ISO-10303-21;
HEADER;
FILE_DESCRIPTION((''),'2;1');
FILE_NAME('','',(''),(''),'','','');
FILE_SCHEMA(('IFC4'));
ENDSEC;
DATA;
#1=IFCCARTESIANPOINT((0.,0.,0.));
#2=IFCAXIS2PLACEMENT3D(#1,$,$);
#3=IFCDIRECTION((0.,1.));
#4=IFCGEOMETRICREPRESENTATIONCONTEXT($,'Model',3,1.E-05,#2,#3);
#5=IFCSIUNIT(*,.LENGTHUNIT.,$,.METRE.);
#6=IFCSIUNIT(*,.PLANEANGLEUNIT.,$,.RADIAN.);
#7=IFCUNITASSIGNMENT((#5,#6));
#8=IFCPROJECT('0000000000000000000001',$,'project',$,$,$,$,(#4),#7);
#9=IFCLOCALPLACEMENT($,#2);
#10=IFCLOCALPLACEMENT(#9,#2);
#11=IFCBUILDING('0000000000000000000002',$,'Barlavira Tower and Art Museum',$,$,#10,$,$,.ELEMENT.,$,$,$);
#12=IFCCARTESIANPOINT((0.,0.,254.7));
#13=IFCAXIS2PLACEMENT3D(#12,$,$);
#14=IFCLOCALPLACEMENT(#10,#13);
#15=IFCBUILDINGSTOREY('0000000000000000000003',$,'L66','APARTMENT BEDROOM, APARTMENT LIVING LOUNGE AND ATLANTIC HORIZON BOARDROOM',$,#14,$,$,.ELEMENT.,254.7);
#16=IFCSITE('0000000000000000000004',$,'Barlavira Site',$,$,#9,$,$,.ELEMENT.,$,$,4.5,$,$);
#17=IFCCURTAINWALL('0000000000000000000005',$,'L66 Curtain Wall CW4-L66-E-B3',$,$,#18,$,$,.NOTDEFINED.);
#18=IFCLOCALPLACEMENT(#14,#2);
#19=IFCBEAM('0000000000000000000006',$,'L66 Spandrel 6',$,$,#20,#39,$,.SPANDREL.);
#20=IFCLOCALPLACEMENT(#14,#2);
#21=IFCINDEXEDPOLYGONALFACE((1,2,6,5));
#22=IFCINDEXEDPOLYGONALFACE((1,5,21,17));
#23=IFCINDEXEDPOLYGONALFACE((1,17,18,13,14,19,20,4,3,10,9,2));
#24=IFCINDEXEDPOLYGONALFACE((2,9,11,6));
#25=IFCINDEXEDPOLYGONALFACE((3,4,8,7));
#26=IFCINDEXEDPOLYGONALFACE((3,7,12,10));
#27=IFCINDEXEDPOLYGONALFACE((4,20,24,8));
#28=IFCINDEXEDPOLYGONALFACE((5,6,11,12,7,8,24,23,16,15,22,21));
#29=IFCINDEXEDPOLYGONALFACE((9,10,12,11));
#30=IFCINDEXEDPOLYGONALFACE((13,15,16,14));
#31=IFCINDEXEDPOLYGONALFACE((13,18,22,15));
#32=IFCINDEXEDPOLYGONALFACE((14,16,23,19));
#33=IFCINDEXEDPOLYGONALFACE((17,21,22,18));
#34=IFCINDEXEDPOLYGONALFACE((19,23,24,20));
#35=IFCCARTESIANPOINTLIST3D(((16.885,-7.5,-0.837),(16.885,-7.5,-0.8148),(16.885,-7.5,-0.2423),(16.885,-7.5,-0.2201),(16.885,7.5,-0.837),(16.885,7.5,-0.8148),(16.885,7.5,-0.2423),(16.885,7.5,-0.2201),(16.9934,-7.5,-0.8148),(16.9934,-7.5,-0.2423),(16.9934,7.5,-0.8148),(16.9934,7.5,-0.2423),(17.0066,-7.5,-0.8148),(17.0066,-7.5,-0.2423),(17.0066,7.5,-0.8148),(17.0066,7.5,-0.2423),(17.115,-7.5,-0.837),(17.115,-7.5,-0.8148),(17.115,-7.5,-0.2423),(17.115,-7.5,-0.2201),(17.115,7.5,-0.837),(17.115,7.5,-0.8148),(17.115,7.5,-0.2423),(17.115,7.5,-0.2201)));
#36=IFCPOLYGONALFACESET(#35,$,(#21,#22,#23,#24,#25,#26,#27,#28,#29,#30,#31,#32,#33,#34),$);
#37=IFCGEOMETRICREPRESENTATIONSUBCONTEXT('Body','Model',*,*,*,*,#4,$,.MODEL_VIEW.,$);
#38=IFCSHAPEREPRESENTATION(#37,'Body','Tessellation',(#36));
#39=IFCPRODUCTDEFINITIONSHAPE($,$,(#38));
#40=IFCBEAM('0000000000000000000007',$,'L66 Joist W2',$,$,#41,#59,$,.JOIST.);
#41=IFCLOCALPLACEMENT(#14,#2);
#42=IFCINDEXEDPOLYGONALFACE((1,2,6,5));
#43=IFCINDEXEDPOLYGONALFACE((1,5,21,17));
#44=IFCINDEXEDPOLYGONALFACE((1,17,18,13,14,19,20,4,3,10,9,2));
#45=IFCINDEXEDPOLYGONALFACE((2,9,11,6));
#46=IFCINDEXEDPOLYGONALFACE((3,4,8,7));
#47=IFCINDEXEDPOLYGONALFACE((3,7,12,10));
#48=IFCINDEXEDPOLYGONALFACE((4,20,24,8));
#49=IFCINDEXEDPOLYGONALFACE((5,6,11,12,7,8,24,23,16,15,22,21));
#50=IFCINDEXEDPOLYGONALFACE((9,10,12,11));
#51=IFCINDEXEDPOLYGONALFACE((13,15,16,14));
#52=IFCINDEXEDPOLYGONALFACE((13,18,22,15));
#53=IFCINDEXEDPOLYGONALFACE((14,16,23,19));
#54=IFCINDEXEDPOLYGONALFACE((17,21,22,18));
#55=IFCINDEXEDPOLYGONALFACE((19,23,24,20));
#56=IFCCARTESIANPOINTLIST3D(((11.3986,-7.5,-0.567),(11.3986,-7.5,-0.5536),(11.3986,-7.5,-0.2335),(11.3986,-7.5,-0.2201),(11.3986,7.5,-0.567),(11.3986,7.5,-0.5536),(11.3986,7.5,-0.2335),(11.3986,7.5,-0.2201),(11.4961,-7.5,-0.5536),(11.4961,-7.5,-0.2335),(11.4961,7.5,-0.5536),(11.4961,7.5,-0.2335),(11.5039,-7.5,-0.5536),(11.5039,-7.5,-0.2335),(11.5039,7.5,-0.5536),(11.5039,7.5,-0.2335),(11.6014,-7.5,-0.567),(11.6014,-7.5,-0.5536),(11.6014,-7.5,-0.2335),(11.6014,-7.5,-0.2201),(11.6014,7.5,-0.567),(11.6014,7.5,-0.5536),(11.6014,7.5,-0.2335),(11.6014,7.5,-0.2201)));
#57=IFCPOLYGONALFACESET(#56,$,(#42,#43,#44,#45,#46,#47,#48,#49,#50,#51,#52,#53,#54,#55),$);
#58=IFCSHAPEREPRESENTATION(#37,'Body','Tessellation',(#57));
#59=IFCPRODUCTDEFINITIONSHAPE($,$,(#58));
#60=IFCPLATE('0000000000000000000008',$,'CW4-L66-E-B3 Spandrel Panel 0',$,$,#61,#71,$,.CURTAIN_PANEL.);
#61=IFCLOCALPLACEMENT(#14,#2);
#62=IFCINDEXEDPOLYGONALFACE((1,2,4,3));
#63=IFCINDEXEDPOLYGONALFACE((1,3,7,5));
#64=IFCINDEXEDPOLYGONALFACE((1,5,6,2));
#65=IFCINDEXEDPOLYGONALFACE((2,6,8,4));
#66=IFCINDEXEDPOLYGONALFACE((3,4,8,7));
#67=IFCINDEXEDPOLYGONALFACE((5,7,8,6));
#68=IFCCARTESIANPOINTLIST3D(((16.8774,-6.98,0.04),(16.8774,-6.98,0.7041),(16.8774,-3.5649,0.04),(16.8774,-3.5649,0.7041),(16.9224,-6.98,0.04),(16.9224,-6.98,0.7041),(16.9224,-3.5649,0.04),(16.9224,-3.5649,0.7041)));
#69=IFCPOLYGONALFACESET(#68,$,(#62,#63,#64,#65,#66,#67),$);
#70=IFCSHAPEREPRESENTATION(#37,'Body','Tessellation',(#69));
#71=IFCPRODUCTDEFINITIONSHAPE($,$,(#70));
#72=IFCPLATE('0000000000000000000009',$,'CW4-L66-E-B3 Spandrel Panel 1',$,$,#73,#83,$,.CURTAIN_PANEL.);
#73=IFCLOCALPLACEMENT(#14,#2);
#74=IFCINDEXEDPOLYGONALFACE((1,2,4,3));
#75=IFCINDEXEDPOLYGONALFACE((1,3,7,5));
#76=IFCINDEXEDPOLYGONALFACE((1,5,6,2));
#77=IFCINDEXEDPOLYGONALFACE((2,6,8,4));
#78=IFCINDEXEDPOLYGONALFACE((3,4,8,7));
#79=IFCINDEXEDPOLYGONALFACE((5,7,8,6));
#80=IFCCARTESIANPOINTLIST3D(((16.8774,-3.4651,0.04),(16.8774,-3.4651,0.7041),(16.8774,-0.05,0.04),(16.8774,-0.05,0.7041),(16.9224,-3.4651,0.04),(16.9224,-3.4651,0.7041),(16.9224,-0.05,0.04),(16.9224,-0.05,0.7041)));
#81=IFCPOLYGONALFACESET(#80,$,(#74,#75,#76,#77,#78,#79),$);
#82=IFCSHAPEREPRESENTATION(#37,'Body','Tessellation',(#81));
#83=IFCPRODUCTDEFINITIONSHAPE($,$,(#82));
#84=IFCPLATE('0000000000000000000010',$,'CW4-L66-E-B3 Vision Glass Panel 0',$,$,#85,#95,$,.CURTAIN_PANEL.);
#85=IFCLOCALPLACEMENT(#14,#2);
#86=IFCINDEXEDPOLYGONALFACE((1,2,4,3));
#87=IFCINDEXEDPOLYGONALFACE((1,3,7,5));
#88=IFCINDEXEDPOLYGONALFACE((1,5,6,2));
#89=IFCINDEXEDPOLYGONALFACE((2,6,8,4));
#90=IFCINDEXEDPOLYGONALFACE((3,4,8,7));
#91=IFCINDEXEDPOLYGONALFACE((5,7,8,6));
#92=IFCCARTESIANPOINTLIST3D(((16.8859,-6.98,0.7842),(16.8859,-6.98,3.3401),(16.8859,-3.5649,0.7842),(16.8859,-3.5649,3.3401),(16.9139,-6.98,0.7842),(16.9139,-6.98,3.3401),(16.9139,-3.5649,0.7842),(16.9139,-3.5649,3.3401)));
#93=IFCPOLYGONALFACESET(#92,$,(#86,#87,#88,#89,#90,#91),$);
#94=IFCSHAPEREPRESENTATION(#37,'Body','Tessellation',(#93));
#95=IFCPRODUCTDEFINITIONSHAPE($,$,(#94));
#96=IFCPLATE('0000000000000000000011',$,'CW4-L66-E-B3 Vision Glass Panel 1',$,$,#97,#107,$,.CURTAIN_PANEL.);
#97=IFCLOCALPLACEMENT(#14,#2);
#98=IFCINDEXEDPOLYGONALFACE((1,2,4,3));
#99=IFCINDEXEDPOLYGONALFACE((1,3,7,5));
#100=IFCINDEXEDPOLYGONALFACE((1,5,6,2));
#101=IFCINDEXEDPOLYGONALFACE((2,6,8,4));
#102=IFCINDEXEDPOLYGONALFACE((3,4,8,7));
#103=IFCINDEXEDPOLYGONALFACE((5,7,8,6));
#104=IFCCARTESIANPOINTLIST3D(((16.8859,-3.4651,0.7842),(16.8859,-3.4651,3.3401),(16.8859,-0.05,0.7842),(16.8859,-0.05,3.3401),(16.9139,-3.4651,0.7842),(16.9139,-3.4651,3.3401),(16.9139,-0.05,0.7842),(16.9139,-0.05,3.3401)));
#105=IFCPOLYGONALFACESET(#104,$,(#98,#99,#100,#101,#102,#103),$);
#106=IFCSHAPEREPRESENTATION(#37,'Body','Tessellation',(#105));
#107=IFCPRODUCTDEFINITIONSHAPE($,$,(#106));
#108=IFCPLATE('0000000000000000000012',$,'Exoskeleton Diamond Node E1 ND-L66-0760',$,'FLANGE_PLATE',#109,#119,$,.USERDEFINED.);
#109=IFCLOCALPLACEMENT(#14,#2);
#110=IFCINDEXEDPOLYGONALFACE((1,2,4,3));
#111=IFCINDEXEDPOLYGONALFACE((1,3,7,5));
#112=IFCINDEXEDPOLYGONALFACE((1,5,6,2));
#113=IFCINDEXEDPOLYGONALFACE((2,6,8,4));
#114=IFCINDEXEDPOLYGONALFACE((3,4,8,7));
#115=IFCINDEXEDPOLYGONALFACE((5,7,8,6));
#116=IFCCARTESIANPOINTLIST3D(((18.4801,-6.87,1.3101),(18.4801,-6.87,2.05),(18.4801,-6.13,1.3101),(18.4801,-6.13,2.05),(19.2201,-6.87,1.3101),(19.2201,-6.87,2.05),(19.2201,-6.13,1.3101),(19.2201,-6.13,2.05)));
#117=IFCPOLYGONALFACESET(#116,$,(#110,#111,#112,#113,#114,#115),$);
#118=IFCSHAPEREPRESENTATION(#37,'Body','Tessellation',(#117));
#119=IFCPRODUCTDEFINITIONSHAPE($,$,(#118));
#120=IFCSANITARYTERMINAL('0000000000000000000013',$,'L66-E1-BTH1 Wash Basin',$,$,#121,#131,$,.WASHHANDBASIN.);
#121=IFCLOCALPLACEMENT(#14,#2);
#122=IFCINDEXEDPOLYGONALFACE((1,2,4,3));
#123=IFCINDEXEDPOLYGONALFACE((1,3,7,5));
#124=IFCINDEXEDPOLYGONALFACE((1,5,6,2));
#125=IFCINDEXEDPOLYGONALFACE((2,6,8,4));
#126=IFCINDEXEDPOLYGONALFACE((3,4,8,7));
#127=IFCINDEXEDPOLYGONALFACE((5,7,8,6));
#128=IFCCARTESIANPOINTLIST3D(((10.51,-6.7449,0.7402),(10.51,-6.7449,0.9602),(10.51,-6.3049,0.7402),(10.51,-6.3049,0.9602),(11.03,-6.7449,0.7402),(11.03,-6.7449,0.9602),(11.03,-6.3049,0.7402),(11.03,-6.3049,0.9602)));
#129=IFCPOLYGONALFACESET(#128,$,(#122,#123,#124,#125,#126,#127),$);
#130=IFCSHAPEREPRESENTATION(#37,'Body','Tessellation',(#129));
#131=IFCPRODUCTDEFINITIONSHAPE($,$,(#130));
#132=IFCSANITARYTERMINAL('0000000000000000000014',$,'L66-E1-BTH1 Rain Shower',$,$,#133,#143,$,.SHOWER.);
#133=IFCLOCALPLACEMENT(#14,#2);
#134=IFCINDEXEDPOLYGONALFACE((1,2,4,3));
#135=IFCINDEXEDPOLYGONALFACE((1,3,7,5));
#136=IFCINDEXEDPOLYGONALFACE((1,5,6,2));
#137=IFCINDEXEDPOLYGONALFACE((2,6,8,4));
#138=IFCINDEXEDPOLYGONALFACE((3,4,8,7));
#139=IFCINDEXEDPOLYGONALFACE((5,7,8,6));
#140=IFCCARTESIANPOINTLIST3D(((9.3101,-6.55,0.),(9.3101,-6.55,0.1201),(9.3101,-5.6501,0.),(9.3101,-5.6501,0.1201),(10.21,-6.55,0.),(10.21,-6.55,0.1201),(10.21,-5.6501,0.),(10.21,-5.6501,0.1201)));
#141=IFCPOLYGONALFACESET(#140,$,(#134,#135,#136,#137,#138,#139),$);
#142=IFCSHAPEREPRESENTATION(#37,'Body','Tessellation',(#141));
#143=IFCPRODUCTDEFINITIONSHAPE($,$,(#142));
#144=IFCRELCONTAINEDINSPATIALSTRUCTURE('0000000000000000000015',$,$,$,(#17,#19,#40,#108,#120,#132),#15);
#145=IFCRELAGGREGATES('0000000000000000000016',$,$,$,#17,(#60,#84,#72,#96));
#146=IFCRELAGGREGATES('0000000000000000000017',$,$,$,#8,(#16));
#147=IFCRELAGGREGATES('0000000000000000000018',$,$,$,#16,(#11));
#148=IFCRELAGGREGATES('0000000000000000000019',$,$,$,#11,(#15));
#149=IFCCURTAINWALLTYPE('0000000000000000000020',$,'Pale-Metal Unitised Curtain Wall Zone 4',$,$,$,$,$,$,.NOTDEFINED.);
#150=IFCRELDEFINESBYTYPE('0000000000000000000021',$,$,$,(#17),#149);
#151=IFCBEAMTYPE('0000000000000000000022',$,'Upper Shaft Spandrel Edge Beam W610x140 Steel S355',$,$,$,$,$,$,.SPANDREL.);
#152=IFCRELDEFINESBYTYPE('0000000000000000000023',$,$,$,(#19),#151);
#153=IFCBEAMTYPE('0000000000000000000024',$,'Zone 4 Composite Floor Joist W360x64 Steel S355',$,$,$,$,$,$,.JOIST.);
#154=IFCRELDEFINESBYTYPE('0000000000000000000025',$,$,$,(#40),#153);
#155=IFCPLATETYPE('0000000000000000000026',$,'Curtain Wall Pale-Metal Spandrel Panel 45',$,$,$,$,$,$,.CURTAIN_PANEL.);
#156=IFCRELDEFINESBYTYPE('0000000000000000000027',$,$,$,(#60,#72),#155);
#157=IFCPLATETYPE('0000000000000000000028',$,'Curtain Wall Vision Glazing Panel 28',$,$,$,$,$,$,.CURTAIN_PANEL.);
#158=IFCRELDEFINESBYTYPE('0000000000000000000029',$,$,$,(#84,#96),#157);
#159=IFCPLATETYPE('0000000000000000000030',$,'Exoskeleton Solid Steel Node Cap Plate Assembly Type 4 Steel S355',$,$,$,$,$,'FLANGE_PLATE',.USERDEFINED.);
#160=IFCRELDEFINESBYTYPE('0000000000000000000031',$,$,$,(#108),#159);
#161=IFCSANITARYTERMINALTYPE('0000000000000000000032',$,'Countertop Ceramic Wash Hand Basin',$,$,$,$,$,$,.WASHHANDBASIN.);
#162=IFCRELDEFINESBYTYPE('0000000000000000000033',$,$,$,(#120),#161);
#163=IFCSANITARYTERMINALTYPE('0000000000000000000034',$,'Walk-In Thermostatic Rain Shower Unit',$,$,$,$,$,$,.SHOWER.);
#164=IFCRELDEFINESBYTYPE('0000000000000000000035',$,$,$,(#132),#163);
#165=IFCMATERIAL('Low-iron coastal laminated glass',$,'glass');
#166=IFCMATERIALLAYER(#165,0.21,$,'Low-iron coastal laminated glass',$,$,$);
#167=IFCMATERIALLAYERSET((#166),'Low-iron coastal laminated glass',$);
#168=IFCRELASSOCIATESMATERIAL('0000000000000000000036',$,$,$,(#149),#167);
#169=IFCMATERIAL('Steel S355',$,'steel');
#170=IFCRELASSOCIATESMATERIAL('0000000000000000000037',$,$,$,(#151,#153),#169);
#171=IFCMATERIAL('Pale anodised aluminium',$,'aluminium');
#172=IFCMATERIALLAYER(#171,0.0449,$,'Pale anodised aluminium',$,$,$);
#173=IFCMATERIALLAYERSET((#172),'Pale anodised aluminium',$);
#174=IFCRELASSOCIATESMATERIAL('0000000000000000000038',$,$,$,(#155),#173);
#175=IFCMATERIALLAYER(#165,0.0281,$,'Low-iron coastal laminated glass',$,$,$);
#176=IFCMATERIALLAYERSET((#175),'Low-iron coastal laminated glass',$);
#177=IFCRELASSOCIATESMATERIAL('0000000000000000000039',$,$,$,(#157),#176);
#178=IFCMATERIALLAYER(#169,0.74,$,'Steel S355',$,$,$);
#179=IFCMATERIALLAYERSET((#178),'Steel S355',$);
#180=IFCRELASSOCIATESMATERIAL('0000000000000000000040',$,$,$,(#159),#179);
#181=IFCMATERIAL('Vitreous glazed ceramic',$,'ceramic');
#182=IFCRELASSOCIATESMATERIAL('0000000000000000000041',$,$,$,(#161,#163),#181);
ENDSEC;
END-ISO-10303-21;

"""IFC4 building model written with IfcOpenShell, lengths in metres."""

from ifc_helpers import new_model, si_unit, direction, frame, origin, origin_2d, place, context, subcontext, project, spatial, rectangle, i_section, extrude, material, layer, layer_set, material_profile, profile_set, type_object, element, aggregate, save


model = new_model("IFC4")

# Units and contexts
model_context = context("Model", 3, precision=1e-05, world=origin(), true_north=direction((0.0, 1.0)))
body_context = subcontext(model_context, "Body", "Model", "MODEL_VIEW")
ifc_project = project(units=[si_unit("LENGTHUNIT", "METRE"), si_unit("PLANEANGLEUNIT", "RADIAN")], contexts=[model_context])

# Site, building, storey
site_placement = place(None, origin())
site = spatial("IfcSite", under=ifc_project, at=site_placement, Name="Barlavira Site", CompositionType="ELEMENT", RefElevation=4.5)
building_placement = place(site_placement, origin())
building = spatial("IfcBuilding", under=site, at=building_placement, Name="Barlavira Tower and Art Museum", CompositionType="ELEMENT")
storey_placement = place(building_placement, frame((0.0, 0.0, 254.7)))
storey = spatial("IfcBuildingStorey", under=building, at=storey_placement, Name="L66", Description="APARTMENT BEDROOM, APARTMENT LIVING LOUNGE AND ATLANTIC HORIZON BOARDROOM", CompositionType="ELEMENT", Elevation=254.7)

# Curtain wall
ifc_material_1 = material(Name="Low-iron coastal laminated glass", Category="glass")
ifc_layer_1 = layer(ifc_material_1, 0.21, Name="Low-iron coastal laminated glass")
ifc_layer_set_1 = layer_set([ifc_layer_1], Name="Low-iron coastal laminated glass")
curtain_wall_type = type_object("IfcCurtainWallType", Name="Pale-Metal Unitised Curtain Wall Zone 4", PredefinedType="NOTDEFINED", material=ifc_layer_set_1)
curtain_wall_placement = place(storey_placement, origin())
curtain_wall = element("IfcCurtainWall", 1, at=curtain_wall_placement, inside=storey, type_object=curtain_wall_type, Name="L66 Curtain Wall CW4-L66-E-B3", PredefinedType="NOTDEFINED")
ifc_material_2 = material(Name="Pale anodised aluminium", Category="aluminium")

# Beams
ifc_material_3 = material(Name="Steel S355", Category="steel")
ifc_material_profile_1 = material_profile(ifc_material_3, i_section(OverallWidth=0.23, OverallDepth=0.6169, WebThickness=0.0132, FlangeThickness=0.0222, at=origin_2d()), Name="W610x140.0")
ifc_profile_set_1 = profile_set([ifc_material_profile_1], Name="Steel S355")
beam_type_1 = type_object("IfcBeamType", Name="Upper Shaft Spandrel Edge Beam W610x140 Steel S355", PredefinedType="SPANDREL", material=ifc_profile_set_1)
beam_1_placement = place(storey_placement, frame((17.0, -7.5, -0.5286), z_axis=(0.0, 1.0, 0.0), x_axis=(-1.0, 0.0, 0.0)))
element("IfcBeam", 2, at=beam_1_placement, inside=storey, type_object=beam_type_1, Name="L66 Spandrel 6", PredefinedType="SPANDREL", context=body_context, shape_type="SweptSolid", body=[
    extrude(i_section(OverallWidth=0.23, OverallDepth=0.6169, WebThickness=0.0132, FlangeThickness=0.0222, at=origin_2d()), origin(), (0.0, 0.0, 1.0), 15.0),
])
ifc_material_profile_2 = material_profile(ifc_material_3, i_section(OverallWidth=0.2029, OverallDepth=0.3469, WebThickness=0.0078, FlangeThickness=0.0134, at=origin_2d()), Name="W360x64.0")
ifc_profile_set_2 = profile_set([ifc_material_profile_2], Name="Steel S355")
beam_type_2 = type_object("IfcBeamType", Name="Zone 4 Composite Floor Joist W360x64 Steel S355", PredefinedType="JOIST", material=ifc_profile_set_2)
beam_2_placement = place(storey_placement, frame((11.5, -7.5, -0.3936), z_axis=(0.0, 1.0, 0.0), x_axis=(-1.0, 0.0, 0.0)))
element("IfcBeam", 3, at=beam_2_placement, inside=storey, type_object=beam_type_2, Name="L66 Joist W2", PredefinedType="JOIST", context=body_context, shape_type="SweptSolid", body=[
    extrude(i_section(OverallWidth=0.2029, OverallDepth=0.3469, WebThickness=0.0078, FlangeThickness=0.0134, at=origin_2d()), origin(), (0.0, 0.0, 1.0), 15.0),
])

# Plates
ifc_layer_2 = layer(ifc_material_2, 0.0449, Name="Pale anodised aluminium")
ifc_layer_set_2 = layer_set([ifc_layer_2], Name="Pale anodised aluminium")
plate_type_1 = type_object("IfcPlateType", Name="Curtain Wall Pale-Metal Spandrel Panel 45", PredefinedType="CURTAIN_PANEL", material=ifc_layer_set_2)
plate_1_placement = place(storey_placement, frame((16.8999, -5.2725, 0.04), z_axis=(0.0, 0.0, 1.0), x_axis=(0.0, 1.0, 0.0)))
plate_1 = element("IfcPlate", 4, at=plate_1_placement, type_object=plate_type_1, Name="CW4-L66-E-B3 Spandrel Panel 0", PredefinedType="CURTAIN_PANEL", context=body_context, shape_type="SweptSolid", body=[
    extrude(rectangle(XDim=3.415, YDim=0.0449, at=origin_2d()), origin(), (0.0, 0.0, 1.0), 0.6641),
])
plate_2_placement = place(storey_placement, frame((16.8999, -1.7576, 0.04), z_axis=(0.0, 0.0, 1.0), x_axis=(0.0, 1.0, 0.0)))
plate_2 = element("IfcPlate", 5, at=plate_2_placement, type_object=plate_type_1, Name="CW4-L66-E-B3 Spandrel Panel 1", PredefinedType="CURTAIN_PANEL", context=body_context, shape_type="SweptSolid", body=[
    extrude(rectangle(XDim=3.415, YDim=0.0449, at=origin_2d()), origin(), (0.0, 0.0, 1.0), 0.6641),
])
ifc_layer_3 = layer(ifc_material_1, 0.0281, Name="Low-iron coastal laminated glass")
ifc_layer_set_3 = layer_set([ifc_layer_3], Name="Low-iron coastal laminated glass")
plate_type_2 = type_object("IfcPlateType", Name="Curtain Wall Vision Glazing Panel 28", PredefinedType="CURTAIN_PANEL", material=ifc_layer_set_3)
plate_3_placement = place(storey_placement, frame((16.8999, -5.2725, 0.7842), z_axis=(0.0, 0.0, 1.0), x_axis=(0.0, 1.0, 0.0)))
plate_3 = element("IfcPlate", 6, at=plate_3_placement, type_object=plate_type_2, Name="CW4-L66-E-B3 Vision Glass Panel 0", PredefinedType="CURTAIN_PANEL", context=body_context, shape_type="SweptSolid", body=[
    extrude(rectangle(XDim=3.415, YDim=0.0281, at=origin_2d()), origin(), (0.0, 0.0, 1.0), 2.5559),
])
plate_4_placement = place(storey_placement, frame((16.8999, -1.7576, 0.7842), z_axis=(0.0, 0.0, 1.0), x_axis=(0.0, 1.0, 0.0)))
plate_4 = element("IfcPlate", 7, at=plate_4_placement, type_object=plate_type_2, Name="CW4-L66-E-B3 Vision Glass Panel 1", PredefinedType="CURTAIN_PANEL", context=body_context, shape_type="SweptSolid", body=[
    extrude(rectangle(XDim=3.415, YDim=0.0281, at=origin_2d()), origin(), (0.0, 0.0, 1.0), 2.5559),
])
aggregate(curtain_wall, [plate_1, plate_3, plate_2, plate_4])
ifc_layer_4 = layer(ifc_material_3, 0.74, Name="Steel S355")
ifc_layer_set_4 = layer_set([ifc_layer_4], Name="Steel S355")
plate_type_3 = type_object("IfcPlateType", Name="Exoskeleton Solid Steel Node Cap Plate Assembly Type 4 Steel S355", ElementType="FLANGE_PLATE", PredefinedType="USERDEFINED", material=ifc_layer_set_4)
plate_5_placement = place(storey_placement, frame((18.8501, -6.5, 1.3101), z_axis=(0.0, 0.0, 1.0), x_axis=(1.0, 0.0, 0.0)))
element("IfcPlate", 8, at=plate_5_placement, inside=storey, type_object=plate_type_3, Name="Exoskeleton Diamond Node E1 ND-L66-0760", ObjectType="FLANGE_PLATE", PredefinedType="USERDEFINED", context=body_context, shape_type="SweptSolid", body=[
    extrude(rectangle(XDim=0.74, YDim=0.74, at=origin_2d()), origin(), (0.0, 0.0, 1.0), 0.74),
])

# Sanitary terminals
ifc_material_4 = material(Name="Vitreous glazed ceramic", Category="ceramic")
sanitary_terminal_type_1 = type_object("IfcSanitaryTerminalType", Name="Countertop Ceramic Wash Hand Basin", PredefinedType="WASHHANDBASIN", material=ifc_material_4)
sanitary_terminal_1_placement = place(storey_placement, frame((10.77, -6.5249, 0.7402), z_axis=(0.0, 0.0, 1.0), x_axis=(1.0, 0.0, 0.0)))
element("IfcSanitaryTerminal", 9, at=sanitary_terminal_1_placement, inside=storey, type_object=sanitary_terminal_type_1, Name="L66-E1-BTH1 Wash Basin", PredefinedType="WASHHANDBASIN", context=body_context, shape_type="SweptSolid", body=[
    extrude(rectangle(XDim=0.52, YDim=0.4399, at=origin_2d()), origin(), (0.0, 0.0, 1.0), 0.22),
])
sanitary_terminal_type_2 = type_object("IfcSanitaryTerminalType", Name="Walk-In Thermostatic Rain Shower Unit", PredefinedType="SHOWER", material=ifc_material_4)
sanitary_terminal_2_placement = place(storey_placement, frame((9.76, -6.1001, 0.0), z_axis=(0.0, 0.0, 1.0), x_axis=(1.0, 0.0, 0.0)))
element("IfcSanitaryTerminal", 10, at=sanitary_terminal_2_placement, inside=storey, type_object=sanitary_terminal_type_2, Name="L66-E1-BTH1 Rain Shower", PredefinedType="SHOWER", context=body_context, shape_type="SweptSolid", body=[
    extrude(rectangle(XDim=0.8999, YDim=0.8999, at=origin_2d()), origin(), (0.0, 0.0, 1.0), 0.1201),
])

save(model, "model.ifc")
